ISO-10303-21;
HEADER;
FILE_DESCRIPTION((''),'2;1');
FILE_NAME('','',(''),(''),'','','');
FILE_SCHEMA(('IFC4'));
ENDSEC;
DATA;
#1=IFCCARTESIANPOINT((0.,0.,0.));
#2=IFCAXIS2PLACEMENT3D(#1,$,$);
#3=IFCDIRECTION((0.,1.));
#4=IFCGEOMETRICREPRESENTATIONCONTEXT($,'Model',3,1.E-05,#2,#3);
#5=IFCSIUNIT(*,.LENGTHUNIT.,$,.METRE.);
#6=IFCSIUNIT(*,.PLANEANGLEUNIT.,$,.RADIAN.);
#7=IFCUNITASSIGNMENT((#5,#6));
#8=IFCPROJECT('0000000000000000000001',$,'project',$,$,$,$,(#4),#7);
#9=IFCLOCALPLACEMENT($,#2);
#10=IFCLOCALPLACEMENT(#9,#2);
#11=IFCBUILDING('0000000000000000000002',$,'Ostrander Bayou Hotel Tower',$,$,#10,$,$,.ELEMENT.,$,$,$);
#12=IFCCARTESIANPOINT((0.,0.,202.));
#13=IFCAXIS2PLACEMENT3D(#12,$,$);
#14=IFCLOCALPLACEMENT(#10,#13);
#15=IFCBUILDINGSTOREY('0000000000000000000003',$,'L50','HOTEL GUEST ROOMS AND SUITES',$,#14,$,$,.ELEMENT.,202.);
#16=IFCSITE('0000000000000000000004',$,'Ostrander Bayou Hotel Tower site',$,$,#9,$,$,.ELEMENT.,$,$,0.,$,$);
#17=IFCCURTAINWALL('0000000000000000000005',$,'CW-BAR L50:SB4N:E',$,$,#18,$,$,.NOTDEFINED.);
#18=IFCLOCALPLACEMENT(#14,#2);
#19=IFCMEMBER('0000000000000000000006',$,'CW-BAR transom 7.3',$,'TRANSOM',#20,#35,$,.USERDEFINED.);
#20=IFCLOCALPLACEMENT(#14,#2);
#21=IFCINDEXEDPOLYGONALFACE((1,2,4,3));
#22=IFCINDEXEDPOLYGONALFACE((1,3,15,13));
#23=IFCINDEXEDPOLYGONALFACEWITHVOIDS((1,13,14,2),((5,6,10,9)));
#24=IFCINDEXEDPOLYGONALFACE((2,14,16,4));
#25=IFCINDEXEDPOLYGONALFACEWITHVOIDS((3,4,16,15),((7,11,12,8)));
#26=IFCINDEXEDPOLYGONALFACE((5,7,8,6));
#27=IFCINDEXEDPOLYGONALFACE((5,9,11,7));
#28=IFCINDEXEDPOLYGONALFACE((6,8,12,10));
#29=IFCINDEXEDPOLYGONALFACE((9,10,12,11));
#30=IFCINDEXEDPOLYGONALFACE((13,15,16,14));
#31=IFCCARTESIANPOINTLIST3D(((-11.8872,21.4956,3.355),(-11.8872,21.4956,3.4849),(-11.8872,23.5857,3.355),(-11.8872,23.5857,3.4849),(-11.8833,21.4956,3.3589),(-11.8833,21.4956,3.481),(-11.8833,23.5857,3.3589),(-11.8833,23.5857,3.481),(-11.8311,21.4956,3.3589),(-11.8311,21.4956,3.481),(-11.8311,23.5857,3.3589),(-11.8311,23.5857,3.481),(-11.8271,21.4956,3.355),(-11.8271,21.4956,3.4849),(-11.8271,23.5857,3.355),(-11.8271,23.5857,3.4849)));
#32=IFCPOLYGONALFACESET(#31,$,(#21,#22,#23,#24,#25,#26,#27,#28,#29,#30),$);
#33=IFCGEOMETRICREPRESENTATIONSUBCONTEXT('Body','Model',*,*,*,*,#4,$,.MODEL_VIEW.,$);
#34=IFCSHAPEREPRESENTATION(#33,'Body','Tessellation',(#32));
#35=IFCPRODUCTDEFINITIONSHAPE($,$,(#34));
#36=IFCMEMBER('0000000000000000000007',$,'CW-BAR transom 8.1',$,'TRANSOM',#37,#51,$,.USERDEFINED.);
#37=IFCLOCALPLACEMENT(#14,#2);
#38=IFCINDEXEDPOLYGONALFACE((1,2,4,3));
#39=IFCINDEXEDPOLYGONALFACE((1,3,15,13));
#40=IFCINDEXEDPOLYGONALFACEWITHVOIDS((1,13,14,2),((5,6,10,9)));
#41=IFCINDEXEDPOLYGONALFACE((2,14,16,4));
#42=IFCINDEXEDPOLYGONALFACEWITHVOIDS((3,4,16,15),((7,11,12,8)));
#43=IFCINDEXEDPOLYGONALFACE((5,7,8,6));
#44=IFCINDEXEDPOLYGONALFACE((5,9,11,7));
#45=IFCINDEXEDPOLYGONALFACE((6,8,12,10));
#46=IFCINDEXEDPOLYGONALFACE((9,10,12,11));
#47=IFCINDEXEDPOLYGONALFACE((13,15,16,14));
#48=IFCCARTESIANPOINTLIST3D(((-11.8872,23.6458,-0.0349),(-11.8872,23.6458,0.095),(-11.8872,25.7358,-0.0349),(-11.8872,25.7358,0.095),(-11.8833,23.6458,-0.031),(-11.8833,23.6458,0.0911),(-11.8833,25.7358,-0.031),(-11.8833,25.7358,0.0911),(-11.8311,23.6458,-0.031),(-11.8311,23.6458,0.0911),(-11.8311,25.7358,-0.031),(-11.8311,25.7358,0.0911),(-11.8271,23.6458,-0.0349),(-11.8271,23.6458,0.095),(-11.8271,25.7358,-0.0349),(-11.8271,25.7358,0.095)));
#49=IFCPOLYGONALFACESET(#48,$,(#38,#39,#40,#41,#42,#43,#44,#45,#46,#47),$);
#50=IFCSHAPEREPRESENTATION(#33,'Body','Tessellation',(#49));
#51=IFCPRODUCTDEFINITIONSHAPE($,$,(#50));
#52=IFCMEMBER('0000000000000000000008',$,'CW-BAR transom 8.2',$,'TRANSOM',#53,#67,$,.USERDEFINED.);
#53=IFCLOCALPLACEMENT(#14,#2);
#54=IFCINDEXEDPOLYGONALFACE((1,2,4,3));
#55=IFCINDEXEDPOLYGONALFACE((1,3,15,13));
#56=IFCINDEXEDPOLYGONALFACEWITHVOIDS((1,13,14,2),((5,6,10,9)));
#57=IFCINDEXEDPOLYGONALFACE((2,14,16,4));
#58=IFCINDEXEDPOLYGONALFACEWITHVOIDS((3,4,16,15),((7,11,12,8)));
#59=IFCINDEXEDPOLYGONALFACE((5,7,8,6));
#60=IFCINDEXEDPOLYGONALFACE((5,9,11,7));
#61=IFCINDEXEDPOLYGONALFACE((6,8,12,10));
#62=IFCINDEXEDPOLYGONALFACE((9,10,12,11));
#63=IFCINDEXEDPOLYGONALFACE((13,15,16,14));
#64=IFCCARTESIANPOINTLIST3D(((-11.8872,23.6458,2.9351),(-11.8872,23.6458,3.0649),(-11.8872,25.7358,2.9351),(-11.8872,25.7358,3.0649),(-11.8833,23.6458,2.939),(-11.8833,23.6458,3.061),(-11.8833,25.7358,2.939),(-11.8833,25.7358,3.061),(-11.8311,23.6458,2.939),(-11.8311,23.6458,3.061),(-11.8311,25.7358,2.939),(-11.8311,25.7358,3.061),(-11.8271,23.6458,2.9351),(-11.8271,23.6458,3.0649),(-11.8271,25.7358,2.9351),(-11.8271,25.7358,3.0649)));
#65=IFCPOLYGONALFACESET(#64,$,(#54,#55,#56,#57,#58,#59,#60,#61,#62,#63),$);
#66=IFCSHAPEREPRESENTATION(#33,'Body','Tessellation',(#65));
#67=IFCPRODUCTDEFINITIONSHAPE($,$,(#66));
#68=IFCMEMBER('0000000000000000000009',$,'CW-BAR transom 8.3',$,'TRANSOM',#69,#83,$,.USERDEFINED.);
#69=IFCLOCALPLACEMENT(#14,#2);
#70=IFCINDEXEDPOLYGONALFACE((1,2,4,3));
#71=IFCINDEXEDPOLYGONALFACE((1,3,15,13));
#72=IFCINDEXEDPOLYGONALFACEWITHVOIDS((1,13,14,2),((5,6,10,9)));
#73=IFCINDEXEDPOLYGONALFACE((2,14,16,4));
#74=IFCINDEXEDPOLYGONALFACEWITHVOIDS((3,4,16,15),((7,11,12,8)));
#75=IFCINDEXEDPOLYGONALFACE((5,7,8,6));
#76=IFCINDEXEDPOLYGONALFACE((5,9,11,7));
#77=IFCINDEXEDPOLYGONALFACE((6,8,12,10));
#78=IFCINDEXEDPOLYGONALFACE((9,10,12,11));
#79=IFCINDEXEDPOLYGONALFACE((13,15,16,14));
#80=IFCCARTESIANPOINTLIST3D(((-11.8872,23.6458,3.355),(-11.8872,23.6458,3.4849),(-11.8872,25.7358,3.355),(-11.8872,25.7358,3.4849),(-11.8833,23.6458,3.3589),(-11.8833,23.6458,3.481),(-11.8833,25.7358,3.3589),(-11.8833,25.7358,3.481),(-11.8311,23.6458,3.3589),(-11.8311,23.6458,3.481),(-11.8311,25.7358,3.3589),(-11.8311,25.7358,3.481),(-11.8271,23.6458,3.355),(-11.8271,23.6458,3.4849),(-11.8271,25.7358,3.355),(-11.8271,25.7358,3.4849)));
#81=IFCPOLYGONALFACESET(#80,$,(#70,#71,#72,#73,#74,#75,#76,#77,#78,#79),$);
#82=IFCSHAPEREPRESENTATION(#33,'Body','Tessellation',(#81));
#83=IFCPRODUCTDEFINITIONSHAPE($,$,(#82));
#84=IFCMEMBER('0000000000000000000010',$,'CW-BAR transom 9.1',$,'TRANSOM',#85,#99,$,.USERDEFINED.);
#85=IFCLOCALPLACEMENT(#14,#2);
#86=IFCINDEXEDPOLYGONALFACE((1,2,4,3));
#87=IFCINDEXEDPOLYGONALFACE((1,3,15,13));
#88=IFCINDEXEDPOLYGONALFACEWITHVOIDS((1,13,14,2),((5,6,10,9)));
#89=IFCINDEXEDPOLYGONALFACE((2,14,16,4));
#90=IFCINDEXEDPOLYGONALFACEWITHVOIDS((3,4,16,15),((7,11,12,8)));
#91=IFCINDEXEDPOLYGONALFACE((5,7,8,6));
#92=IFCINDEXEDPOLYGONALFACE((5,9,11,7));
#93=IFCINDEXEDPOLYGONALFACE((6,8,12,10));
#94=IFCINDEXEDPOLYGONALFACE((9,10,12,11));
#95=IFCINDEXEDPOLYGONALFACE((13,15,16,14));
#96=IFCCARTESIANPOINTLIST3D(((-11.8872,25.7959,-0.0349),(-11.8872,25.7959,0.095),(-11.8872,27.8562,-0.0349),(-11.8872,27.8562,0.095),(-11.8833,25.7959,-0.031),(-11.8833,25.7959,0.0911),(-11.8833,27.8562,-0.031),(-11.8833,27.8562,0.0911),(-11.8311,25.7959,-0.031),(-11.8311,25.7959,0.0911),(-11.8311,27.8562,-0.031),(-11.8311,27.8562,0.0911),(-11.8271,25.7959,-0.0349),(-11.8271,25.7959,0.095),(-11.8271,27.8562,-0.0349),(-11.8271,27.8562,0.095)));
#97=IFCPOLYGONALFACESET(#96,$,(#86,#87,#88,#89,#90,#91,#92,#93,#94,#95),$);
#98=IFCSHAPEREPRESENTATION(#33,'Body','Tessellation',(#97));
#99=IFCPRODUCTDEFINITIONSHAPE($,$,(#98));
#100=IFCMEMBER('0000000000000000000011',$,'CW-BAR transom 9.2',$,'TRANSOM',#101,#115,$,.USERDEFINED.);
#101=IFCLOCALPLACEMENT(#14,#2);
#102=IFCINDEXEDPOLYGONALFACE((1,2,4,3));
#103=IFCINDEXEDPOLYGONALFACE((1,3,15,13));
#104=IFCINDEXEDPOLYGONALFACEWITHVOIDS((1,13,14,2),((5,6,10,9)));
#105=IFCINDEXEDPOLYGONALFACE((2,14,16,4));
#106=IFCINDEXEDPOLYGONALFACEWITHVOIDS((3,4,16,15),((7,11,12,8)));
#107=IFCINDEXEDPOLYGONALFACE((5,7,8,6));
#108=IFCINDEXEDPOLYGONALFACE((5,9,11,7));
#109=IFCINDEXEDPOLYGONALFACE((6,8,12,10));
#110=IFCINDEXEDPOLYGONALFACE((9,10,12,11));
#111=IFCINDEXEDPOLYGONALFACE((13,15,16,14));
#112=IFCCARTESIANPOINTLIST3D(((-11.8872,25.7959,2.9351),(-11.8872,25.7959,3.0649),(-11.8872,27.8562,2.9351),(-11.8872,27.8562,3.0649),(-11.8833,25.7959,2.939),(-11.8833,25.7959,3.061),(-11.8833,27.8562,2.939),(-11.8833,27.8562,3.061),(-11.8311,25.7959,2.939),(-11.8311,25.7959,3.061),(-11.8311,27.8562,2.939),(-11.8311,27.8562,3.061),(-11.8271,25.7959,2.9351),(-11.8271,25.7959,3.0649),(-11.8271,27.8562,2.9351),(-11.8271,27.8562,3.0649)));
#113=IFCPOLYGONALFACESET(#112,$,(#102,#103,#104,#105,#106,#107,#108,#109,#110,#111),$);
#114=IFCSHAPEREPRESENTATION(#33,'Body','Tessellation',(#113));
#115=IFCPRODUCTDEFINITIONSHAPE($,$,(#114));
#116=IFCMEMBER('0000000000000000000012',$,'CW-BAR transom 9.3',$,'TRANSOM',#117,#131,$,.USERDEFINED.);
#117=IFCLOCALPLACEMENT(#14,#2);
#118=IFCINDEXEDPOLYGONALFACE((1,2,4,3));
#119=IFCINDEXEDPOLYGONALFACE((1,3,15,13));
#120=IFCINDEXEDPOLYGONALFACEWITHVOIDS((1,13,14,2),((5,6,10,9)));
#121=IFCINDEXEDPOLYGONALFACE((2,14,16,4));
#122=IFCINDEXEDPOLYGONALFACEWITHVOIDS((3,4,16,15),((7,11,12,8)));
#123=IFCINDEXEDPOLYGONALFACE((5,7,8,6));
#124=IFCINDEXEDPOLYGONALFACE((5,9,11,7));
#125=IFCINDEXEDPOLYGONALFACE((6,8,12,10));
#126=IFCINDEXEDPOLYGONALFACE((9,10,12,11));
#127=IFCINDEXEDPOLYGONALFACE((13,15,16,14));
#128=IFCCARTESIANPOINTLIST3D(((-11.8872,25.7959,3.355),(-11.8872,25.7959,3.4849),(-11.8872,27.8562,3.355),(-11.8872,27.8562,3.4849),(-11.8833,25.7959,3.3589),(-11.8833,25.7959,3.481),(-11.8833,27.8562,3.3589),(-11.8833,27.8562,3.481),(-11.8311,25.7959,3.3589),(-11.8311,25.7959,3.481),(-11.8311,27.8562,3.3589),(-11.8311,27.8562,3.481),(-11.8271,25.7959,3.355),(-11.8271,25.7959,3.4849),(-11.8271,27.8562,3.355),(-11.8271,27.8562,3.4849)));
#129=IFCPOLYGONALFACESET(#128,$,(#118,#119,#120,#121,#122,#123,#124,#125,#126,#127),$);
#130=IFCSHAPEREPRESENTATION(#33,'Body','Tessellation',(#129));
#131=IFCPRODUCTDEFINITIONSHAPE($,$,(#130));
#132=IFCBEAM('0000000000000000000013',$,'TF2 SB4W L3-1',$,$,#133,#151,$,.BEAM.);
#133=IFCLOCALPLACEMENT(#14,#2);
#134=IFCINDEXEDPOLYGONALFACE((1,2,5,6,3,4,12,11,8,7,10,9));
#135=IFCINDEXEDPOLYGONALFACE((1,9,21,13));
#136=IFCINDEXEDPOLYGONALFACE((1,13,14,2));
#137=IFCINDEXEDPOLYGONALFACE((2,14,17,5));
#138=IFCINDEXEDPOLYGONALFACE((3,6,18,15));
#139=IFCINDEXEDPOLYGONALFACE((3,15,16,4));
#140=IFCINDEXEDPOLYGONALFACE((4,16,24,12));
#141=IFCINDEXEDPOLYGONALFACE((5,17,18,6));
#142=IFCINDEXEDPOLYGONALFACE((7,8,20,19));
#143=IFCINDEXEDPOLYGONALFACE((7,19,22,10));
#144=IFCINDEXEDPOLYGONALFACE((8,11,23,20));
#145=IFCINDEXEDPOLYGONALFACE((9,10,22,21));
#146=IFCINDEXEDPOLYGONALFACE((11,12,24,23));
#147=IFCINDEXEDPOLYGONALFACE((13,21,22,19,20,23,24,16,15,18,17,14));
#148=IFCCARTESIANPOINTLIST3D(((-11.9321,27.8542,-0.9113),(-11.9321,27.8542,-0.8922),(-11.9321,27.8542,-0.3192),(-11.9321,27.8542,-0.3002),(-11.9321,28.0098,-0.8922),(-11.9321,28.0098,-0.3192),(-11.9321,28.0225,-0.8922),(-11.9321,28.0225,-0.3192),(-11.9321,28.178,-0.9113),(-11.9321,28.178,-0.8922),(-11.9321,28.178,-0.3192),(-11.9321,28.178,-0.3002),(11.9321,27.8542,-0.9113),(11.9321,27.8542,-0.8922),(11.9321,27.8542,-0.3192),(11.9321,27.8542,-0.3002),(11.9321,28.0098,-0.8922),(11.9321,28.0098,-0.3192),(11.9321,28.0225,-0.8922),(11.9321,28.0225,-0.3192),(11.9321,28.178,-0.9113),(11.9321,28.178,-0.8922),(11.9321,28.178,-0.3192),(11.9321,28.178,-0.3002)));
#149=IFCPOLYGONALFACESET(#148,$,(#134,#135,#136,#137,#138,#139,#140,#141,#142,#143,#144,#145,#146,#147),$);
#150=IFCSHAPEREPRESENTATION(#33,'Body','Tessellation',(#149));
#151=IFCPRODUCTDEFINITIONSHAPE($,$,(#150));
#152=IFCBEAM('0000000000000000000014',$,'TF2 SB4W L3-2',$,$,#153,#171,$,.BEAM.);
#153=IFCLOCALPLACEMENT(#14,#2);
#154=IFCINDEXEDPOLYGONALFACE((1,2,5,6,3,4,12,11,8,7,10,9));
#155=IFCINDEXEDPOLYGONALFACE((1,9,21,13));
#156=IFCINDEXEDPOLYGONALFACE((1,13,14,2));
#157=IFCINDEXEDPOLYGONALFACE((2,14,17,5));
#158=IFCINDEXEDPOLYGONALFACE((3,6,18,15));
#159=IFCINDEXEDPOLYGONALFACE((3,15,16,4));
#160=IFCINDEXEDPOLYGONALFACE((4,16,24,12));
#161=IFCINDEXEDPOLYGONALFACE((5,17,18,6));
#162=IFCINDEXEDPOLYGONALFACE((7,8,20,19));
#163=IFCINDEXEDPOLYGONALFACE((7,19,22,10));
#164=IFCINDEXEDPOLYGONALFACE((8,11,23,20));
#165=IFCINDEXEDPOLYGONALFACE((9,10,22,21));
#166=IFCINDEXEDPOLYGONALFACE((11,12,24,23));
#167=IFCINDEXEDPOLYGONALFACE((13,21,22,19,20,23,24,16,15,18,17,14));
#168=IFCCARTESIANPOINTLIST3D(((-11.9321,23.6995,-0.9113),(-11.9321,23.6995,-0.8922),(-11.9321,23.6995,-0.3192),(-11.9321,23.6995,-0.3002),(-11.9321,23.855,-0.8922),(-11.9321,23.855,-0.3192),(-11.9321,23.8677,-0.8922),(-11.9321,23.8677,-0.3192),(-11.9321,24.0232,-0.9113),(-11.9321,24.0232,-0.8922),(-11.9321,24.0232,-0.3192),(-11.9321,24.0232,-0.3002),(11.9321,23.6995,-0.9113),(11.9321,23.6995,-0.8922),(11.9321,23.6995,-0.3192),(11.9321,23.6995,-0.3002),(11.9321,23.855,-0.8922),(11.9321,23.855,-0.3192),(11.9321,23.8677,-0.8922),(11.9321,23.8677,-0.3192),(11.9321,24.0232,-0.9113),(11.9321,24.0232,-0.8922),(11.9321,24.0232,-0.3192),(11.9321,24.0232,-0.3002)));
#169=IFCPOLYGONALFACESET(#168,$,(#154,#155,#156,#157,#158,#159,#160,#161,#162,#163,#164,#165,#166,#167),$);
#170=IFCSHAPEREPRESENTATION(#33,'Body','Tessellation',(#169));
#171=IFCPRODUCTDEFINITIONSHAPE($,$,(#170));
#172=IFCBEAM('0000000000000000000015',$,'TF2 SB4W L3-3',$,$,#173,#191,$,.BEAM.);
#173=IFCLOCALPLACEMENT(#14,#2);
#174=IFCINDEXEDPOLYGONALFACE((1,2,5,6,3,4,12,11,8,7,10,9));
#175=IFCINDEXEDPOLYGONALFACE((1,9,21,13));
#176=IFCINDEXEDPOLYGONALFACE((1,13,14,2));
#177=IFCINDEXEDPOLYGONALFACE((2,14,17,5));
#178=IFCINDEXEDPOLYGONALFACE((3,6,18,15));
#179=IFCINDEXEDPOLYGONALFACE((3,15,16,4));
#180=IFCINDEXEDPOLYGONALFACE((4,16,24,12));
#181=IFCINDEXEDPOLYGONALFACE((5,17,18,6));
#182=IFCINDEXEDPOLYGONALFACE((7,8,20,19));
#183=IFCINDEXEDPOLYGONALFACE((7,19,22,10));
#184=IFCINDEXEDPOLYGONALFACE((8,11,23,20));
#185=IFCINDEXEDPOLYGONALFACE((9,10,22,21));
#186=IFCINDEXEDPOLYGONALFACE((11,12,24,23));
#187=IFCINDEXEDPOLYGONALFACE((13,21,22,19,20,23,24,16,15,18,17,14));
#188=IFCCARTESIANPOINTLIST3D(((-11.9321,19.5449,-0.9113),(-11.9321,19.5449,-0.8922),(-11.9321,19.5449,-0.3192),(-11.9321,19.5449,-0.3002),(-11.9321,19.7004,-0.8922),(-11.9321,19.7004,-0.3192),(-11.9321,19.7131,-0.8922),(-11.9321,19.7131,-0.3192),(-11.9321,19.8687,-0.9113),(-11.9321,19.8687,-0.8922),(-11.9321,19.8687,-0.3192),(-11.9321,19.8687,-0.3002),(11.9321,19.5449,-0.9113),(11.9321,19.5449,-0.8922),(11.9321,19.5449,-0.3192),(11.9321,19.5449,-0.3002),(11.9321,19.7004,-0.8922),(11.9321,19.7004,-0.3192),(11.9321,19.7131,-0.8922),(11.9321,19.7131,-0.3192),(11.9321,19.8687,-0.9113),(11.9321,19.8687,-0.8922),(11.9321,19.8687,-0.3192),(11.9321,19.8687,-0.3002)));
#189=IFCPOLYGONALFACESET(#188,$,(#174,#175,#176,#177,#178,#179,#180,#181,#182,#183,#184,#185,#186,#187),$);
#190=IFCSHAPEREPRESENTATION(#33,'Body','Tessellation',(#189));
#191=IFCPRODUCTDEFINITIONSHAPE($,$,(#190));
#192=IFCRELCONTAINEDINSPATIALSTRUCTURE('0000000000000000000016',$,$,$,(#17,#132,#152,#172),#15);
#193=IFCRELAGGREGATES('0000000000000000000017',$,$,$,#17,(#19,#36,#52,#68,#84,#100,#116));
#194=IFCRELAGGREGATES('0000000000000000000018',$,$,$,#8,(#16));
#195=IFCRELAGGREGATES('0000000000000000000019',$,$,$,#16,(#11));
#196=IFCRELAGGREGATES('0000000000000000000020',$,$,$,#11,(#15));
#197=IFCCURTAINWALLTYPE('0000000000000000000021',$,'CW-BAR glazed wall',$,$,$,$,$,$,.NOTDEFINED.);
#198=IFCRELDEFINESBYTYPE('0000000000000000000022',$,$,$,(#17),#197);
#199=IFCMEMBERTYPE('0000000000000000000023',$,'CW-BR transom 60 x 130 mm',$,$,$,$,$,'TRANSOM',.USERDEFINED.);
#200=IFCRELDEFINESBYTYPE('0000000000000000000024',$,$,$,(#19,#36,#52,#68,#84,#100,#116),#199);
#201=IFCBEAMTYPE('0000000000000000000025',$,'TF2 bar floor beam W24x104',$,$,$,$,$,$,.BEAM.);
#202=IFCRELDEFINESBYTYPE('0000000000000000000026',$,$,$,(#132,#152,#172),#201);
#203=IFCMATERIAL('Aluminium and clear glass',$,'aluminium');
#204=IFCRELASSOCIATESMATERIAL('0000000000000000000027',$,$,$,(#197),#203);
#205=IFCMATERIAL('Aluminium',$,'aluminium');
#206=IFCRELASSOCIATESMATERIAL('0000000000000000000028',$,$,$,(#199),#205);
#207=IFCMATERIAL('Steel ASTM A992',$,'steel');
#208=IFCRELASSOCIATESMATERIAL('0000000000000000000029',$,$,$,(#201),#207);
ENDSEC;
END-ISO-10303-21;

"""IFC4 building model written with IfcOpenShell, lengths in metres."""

from ifc_helpers import new_model, si_unit, direction, frame, origin, origin_2d, place, context, subcontext, project, spatial, hollow_rectangle, i_section, extrude, material, material_profile, profile_set, type_object, element, aggregate, save


model = new_model("IFC4")

# Units and contexts
model_context = context("Model", 3, precision=1e-05, world=origin(), true_north=direction((0.0, 1.0)))
body_context = subcontext(model_context, "Body", "Model", "MODEL_VIEW")
ifc_project = project(units=[si_unit("LENGTHUNIT", "METRE"), si_unit("PLANEANGLEUNIT", "RADIAN")], contexts=[model_context])

# Site, building, storey
site_placement = place(None, origin())
site = spatial("IfcSite", under=ifc_project, at=site_placement, Name="Ostrander Bayou Hotel Tower site", CompositionType="ELEMENT", RefElevation=0.0)
building_placement = place(site_placement, origin())
building = spatial("IfcBuilding", under=site, at=building_placement, Name="Ostrander Bayou Hotel Tower", CompositionType="ELEMENT")
storey_placement = place(building_placement, frame((0.0, 0.0, 202.0)))
storey = spatial("IfcBuildingStorey", under=building, at=storey_placement, Name="L50", Description="HOTEL GUEST ROOMS AND SUITES", CompositionType="ELEMENT", Elevation=202.0)

# Curtain wall
ifc_material_1 = material(Name="Aluminium and clear glass", Category="aluminium")
curtain_wall_type = type_object("IfcCurtainWallType", Name="CW-BAR glazed wall", PredefinedType="NOTDEFINED", material=ifc_material_1)
curtain_wall_1_placement = place(storey_placement, origin())
curtain_wall_1 = element("IfcCurtainWall", 1, at=curtain_wall_1_placement, inside=storey, type_object=curtain_wall_type, Name="CW-BAR L50:SB4N:E", PredefinedType="NOTDEFINED")

# Members
ifc_material_2 = material(Name="Aluminium", Category="aluminium")
ifc_material_profile_1 = material_profile(ifc_material_2, hollow_rectangle(XDim=0.0601, YDim=0.1299, WallThickness=0.0039, at=origin_2d()))
ifc_profile_set_1 = profile_set([ifc_material_profile_1], Name="Aluminium")
member_type_1 = type_object("IfcMemberType", Name="CW-BR transom 60 x 130 mm", ElementType="TRANSOM", PredefinedType="USERDEFINED", material=ifc_profile_set_1)
member_1_placement = place(storey_placement, frame((-11.8572, 21.4956, 3.4199), z_axis=(0.0, 1.0, 0.0), x_axis=(-1.0, 0.0, 0.0)))
member_1 = element("IfcMember", 2, at=member_1_placement, type_object=member_type_1, Name="CW-BAR transom 7.3", ObjectType="TRANSOM", PredefinedType="USERDEFINED", context=body_context, shape_type="SweptSolid", body=[
    extrude(hollow_rectangle(XDim=0.0601, YDim=0.1299, WallThickness=0.0039, at=origin_2d()), origin(), (0.0, 0.0, 1.0), 2.0901),
])
member_2_placement = place(storey_placement, frame((-11.8572, 23.6458, 0.03), z_axis=(0.0, 1.0, 0.0), x_axis=(-1.0, 0.0, 0.0)))
member_2 = element("IfcMember", 3, at=member_2_placement, type_object=member_type_1, Name="CW-BAR transom 8.1", ObjectType="TRANSOM", PredefinedType="USERDEFINED", context=body_context, shape_type="SweptSolid", body=[
    extrude(hollow_rectangle(XDim=0.0601, YDim=0.1299, WallThickness=0.0039, at=origin_2d()), origin(), (0.0, 0.0, 1.0), 2.0901),
])
member_3_placement = place(storey_placement, frame((-11.8572, 23.6458, 3.0), z_axis=(0.0, 1.0, 0.0), x_axis=(-1.0, 0.0, 0.0)))
member_3 = element("IfcMember", 4, at=member_3_placement, type_object=member_type_1, Name="CW-BAR transom 8.2", ObjectType="TRANSOM", PredefinedType="USERDEFINED", context=body_context, shape_type="SweptSolid", body=[
    extrude(hollow_rectangle(XDim=0.0601, YDim=0.1299, WallThickness=0.0039, at=origin_2d()), origin(), (0.0, 0.0, 1.0), 2.0901),
])
member_4_placement = place(storey_placement, frame((-11.8572, 23.6458, 3.4199), z_axis=(0.0, 1.0, 0.0), x_axis=(-1.0, 0.0, 0.0)))
member_4 = element("IfcMember", 5, at=member_4_placement, type_object=member_type_1, Name="CW-BAR transom 8.3", ObjectType="TRANSOM", PredefinedType="USERDEFINED", context=body_context, shape_type="SweptSolid", body=[
    extrude(hollow_rectangle(XDim=0.0601, YDim=0.1299, WallThickness=0.0039, at=origin_2d()), origin(), (0.0, 0.0, 1.0), 2.0901),
])
member_5_placement = place(storey_placement, frame((-11.8572, 25.7959, 0.03), z_axis=(0.0, 1.0, 0.0), x_axis=(-1.0, 0.0, 0.0)))
member_5 = element("IfcMember", 6, at=member_5_placement, type_object=member_type_1, Name="CW-BAR transom 9.1", ObjectType="TRANSOM", PredefinedType="USERDEFINED", context=body_context, shape_type="SweptSolid", body=[
    extrude(hollow_rectangle(XDim=0.0601, YDim=0.1299, WallThickness=0.0039, at=origin_2d()), origin(), (0.0, 0.0, 1.0), 2.0603),
])
member_6_placement = place(storey_placement, frame((-11.8572, 25.7959, 3.0), z_axis=(0.0, 1.0, 0.0), x_axis=(-1.0, 0.0, 0.0)))
member_6 = element("IfcMember", 7, at=member_6_placement, type_object=member_type_1, Name="CW-BAR transom 9.2", ObjectType="TRANSOM", PredefinedType="USERDEFINED", context=body_context, shape_type="SweptSolid", body=[
    extrude(hollow_rectangle(XDim=0.0601, YDim=0.1299, WallThickness=0.0039, at=origin_2d()), origin(), (0.0, 0.0, 1.0), 2.0603),
])
member_7_placement = place(storey_placement, frame((-11.8572, 25.7959, 3.4199), z_axis=(0.0, 1.0, 0.0), x_axis=(-1.0, 0.0, 0.0)))
member_7 = element("IfcMember", 8, at=member_7_placement, type_object=member_type_1, Name="CW-BAR transom 9.3", ObjectType="TRANSOM", PredefinedType="USERDEFINED", context=body_context, shape_type="SweptSolid", body=[
    extrude(hollow_rectangle(XDim=0.0601, YDim=0.1299, WallThickness=0.0039, at=origin_2d()), origin(), (0.0, 0.0, 1.0), 2.0603),
])

# Beams
ifc_material_3 = material(Name="Steel ASTM A992", Category="steel")
ifc_material_profile_2 = material_profile(ifc_material_3, i_section(OverallWidth=0.3237, OverallDepth=0.6111, WebThickness=0.0127, FlangeThickness=0.019, at=origin_2d()))
ifc_profile_set_2 = profile_set([ifc_material_profile_2], Name="Steel ASTM A992")
beam_type = type_object("IfcBeamType", Name="TF2 bar floor beam W24x104", PredefinedType="BEAM", material=ifc_profile_set_2)
for number, where, z_axis, x_axis, name in (
    (9, (-11.9321, 28.0161, -0.6057), (1.0, 0.0, 0.0), (0.0, 1.0, 0.0), "TF2 SB4W L3-1"),
    (10, (-11.9321, 23.8613, -0.6057), (1.0, 0.0, 0.0), (0.0, 1.0, 0.0), "TF2 SB4W L3-2"),
    (11, (-11.9321, 19.7068, -0.6057), (1.0, 0.0, 0.0), (0.0, 1.0, 0.0), "TF2 SB4W L3-3"),
):
    element("IfcBeam", number, at=place(storey_placement, frame(where, z_axis=z_axis, x_axis=x_axis)), inside=storey, type_object=beam_type, Name=name, PredefinedType="BEAM", context=body_context, shape_type="SweptSolid", body=[
        extrude(i_section(OverallWidth=0.3237, OverallDepth=0.6111, WebThickness=0.0127, FlangeThickness=0.019, at=origin_2d()), origin(), (0.0, 0.0, 1.0), 23.8643),
    ])

aggregate(curtain_wall_1, [member_1, member_2, member_3, member_4, member_5, member_6, member_7])

save(model, "model.ifc")
